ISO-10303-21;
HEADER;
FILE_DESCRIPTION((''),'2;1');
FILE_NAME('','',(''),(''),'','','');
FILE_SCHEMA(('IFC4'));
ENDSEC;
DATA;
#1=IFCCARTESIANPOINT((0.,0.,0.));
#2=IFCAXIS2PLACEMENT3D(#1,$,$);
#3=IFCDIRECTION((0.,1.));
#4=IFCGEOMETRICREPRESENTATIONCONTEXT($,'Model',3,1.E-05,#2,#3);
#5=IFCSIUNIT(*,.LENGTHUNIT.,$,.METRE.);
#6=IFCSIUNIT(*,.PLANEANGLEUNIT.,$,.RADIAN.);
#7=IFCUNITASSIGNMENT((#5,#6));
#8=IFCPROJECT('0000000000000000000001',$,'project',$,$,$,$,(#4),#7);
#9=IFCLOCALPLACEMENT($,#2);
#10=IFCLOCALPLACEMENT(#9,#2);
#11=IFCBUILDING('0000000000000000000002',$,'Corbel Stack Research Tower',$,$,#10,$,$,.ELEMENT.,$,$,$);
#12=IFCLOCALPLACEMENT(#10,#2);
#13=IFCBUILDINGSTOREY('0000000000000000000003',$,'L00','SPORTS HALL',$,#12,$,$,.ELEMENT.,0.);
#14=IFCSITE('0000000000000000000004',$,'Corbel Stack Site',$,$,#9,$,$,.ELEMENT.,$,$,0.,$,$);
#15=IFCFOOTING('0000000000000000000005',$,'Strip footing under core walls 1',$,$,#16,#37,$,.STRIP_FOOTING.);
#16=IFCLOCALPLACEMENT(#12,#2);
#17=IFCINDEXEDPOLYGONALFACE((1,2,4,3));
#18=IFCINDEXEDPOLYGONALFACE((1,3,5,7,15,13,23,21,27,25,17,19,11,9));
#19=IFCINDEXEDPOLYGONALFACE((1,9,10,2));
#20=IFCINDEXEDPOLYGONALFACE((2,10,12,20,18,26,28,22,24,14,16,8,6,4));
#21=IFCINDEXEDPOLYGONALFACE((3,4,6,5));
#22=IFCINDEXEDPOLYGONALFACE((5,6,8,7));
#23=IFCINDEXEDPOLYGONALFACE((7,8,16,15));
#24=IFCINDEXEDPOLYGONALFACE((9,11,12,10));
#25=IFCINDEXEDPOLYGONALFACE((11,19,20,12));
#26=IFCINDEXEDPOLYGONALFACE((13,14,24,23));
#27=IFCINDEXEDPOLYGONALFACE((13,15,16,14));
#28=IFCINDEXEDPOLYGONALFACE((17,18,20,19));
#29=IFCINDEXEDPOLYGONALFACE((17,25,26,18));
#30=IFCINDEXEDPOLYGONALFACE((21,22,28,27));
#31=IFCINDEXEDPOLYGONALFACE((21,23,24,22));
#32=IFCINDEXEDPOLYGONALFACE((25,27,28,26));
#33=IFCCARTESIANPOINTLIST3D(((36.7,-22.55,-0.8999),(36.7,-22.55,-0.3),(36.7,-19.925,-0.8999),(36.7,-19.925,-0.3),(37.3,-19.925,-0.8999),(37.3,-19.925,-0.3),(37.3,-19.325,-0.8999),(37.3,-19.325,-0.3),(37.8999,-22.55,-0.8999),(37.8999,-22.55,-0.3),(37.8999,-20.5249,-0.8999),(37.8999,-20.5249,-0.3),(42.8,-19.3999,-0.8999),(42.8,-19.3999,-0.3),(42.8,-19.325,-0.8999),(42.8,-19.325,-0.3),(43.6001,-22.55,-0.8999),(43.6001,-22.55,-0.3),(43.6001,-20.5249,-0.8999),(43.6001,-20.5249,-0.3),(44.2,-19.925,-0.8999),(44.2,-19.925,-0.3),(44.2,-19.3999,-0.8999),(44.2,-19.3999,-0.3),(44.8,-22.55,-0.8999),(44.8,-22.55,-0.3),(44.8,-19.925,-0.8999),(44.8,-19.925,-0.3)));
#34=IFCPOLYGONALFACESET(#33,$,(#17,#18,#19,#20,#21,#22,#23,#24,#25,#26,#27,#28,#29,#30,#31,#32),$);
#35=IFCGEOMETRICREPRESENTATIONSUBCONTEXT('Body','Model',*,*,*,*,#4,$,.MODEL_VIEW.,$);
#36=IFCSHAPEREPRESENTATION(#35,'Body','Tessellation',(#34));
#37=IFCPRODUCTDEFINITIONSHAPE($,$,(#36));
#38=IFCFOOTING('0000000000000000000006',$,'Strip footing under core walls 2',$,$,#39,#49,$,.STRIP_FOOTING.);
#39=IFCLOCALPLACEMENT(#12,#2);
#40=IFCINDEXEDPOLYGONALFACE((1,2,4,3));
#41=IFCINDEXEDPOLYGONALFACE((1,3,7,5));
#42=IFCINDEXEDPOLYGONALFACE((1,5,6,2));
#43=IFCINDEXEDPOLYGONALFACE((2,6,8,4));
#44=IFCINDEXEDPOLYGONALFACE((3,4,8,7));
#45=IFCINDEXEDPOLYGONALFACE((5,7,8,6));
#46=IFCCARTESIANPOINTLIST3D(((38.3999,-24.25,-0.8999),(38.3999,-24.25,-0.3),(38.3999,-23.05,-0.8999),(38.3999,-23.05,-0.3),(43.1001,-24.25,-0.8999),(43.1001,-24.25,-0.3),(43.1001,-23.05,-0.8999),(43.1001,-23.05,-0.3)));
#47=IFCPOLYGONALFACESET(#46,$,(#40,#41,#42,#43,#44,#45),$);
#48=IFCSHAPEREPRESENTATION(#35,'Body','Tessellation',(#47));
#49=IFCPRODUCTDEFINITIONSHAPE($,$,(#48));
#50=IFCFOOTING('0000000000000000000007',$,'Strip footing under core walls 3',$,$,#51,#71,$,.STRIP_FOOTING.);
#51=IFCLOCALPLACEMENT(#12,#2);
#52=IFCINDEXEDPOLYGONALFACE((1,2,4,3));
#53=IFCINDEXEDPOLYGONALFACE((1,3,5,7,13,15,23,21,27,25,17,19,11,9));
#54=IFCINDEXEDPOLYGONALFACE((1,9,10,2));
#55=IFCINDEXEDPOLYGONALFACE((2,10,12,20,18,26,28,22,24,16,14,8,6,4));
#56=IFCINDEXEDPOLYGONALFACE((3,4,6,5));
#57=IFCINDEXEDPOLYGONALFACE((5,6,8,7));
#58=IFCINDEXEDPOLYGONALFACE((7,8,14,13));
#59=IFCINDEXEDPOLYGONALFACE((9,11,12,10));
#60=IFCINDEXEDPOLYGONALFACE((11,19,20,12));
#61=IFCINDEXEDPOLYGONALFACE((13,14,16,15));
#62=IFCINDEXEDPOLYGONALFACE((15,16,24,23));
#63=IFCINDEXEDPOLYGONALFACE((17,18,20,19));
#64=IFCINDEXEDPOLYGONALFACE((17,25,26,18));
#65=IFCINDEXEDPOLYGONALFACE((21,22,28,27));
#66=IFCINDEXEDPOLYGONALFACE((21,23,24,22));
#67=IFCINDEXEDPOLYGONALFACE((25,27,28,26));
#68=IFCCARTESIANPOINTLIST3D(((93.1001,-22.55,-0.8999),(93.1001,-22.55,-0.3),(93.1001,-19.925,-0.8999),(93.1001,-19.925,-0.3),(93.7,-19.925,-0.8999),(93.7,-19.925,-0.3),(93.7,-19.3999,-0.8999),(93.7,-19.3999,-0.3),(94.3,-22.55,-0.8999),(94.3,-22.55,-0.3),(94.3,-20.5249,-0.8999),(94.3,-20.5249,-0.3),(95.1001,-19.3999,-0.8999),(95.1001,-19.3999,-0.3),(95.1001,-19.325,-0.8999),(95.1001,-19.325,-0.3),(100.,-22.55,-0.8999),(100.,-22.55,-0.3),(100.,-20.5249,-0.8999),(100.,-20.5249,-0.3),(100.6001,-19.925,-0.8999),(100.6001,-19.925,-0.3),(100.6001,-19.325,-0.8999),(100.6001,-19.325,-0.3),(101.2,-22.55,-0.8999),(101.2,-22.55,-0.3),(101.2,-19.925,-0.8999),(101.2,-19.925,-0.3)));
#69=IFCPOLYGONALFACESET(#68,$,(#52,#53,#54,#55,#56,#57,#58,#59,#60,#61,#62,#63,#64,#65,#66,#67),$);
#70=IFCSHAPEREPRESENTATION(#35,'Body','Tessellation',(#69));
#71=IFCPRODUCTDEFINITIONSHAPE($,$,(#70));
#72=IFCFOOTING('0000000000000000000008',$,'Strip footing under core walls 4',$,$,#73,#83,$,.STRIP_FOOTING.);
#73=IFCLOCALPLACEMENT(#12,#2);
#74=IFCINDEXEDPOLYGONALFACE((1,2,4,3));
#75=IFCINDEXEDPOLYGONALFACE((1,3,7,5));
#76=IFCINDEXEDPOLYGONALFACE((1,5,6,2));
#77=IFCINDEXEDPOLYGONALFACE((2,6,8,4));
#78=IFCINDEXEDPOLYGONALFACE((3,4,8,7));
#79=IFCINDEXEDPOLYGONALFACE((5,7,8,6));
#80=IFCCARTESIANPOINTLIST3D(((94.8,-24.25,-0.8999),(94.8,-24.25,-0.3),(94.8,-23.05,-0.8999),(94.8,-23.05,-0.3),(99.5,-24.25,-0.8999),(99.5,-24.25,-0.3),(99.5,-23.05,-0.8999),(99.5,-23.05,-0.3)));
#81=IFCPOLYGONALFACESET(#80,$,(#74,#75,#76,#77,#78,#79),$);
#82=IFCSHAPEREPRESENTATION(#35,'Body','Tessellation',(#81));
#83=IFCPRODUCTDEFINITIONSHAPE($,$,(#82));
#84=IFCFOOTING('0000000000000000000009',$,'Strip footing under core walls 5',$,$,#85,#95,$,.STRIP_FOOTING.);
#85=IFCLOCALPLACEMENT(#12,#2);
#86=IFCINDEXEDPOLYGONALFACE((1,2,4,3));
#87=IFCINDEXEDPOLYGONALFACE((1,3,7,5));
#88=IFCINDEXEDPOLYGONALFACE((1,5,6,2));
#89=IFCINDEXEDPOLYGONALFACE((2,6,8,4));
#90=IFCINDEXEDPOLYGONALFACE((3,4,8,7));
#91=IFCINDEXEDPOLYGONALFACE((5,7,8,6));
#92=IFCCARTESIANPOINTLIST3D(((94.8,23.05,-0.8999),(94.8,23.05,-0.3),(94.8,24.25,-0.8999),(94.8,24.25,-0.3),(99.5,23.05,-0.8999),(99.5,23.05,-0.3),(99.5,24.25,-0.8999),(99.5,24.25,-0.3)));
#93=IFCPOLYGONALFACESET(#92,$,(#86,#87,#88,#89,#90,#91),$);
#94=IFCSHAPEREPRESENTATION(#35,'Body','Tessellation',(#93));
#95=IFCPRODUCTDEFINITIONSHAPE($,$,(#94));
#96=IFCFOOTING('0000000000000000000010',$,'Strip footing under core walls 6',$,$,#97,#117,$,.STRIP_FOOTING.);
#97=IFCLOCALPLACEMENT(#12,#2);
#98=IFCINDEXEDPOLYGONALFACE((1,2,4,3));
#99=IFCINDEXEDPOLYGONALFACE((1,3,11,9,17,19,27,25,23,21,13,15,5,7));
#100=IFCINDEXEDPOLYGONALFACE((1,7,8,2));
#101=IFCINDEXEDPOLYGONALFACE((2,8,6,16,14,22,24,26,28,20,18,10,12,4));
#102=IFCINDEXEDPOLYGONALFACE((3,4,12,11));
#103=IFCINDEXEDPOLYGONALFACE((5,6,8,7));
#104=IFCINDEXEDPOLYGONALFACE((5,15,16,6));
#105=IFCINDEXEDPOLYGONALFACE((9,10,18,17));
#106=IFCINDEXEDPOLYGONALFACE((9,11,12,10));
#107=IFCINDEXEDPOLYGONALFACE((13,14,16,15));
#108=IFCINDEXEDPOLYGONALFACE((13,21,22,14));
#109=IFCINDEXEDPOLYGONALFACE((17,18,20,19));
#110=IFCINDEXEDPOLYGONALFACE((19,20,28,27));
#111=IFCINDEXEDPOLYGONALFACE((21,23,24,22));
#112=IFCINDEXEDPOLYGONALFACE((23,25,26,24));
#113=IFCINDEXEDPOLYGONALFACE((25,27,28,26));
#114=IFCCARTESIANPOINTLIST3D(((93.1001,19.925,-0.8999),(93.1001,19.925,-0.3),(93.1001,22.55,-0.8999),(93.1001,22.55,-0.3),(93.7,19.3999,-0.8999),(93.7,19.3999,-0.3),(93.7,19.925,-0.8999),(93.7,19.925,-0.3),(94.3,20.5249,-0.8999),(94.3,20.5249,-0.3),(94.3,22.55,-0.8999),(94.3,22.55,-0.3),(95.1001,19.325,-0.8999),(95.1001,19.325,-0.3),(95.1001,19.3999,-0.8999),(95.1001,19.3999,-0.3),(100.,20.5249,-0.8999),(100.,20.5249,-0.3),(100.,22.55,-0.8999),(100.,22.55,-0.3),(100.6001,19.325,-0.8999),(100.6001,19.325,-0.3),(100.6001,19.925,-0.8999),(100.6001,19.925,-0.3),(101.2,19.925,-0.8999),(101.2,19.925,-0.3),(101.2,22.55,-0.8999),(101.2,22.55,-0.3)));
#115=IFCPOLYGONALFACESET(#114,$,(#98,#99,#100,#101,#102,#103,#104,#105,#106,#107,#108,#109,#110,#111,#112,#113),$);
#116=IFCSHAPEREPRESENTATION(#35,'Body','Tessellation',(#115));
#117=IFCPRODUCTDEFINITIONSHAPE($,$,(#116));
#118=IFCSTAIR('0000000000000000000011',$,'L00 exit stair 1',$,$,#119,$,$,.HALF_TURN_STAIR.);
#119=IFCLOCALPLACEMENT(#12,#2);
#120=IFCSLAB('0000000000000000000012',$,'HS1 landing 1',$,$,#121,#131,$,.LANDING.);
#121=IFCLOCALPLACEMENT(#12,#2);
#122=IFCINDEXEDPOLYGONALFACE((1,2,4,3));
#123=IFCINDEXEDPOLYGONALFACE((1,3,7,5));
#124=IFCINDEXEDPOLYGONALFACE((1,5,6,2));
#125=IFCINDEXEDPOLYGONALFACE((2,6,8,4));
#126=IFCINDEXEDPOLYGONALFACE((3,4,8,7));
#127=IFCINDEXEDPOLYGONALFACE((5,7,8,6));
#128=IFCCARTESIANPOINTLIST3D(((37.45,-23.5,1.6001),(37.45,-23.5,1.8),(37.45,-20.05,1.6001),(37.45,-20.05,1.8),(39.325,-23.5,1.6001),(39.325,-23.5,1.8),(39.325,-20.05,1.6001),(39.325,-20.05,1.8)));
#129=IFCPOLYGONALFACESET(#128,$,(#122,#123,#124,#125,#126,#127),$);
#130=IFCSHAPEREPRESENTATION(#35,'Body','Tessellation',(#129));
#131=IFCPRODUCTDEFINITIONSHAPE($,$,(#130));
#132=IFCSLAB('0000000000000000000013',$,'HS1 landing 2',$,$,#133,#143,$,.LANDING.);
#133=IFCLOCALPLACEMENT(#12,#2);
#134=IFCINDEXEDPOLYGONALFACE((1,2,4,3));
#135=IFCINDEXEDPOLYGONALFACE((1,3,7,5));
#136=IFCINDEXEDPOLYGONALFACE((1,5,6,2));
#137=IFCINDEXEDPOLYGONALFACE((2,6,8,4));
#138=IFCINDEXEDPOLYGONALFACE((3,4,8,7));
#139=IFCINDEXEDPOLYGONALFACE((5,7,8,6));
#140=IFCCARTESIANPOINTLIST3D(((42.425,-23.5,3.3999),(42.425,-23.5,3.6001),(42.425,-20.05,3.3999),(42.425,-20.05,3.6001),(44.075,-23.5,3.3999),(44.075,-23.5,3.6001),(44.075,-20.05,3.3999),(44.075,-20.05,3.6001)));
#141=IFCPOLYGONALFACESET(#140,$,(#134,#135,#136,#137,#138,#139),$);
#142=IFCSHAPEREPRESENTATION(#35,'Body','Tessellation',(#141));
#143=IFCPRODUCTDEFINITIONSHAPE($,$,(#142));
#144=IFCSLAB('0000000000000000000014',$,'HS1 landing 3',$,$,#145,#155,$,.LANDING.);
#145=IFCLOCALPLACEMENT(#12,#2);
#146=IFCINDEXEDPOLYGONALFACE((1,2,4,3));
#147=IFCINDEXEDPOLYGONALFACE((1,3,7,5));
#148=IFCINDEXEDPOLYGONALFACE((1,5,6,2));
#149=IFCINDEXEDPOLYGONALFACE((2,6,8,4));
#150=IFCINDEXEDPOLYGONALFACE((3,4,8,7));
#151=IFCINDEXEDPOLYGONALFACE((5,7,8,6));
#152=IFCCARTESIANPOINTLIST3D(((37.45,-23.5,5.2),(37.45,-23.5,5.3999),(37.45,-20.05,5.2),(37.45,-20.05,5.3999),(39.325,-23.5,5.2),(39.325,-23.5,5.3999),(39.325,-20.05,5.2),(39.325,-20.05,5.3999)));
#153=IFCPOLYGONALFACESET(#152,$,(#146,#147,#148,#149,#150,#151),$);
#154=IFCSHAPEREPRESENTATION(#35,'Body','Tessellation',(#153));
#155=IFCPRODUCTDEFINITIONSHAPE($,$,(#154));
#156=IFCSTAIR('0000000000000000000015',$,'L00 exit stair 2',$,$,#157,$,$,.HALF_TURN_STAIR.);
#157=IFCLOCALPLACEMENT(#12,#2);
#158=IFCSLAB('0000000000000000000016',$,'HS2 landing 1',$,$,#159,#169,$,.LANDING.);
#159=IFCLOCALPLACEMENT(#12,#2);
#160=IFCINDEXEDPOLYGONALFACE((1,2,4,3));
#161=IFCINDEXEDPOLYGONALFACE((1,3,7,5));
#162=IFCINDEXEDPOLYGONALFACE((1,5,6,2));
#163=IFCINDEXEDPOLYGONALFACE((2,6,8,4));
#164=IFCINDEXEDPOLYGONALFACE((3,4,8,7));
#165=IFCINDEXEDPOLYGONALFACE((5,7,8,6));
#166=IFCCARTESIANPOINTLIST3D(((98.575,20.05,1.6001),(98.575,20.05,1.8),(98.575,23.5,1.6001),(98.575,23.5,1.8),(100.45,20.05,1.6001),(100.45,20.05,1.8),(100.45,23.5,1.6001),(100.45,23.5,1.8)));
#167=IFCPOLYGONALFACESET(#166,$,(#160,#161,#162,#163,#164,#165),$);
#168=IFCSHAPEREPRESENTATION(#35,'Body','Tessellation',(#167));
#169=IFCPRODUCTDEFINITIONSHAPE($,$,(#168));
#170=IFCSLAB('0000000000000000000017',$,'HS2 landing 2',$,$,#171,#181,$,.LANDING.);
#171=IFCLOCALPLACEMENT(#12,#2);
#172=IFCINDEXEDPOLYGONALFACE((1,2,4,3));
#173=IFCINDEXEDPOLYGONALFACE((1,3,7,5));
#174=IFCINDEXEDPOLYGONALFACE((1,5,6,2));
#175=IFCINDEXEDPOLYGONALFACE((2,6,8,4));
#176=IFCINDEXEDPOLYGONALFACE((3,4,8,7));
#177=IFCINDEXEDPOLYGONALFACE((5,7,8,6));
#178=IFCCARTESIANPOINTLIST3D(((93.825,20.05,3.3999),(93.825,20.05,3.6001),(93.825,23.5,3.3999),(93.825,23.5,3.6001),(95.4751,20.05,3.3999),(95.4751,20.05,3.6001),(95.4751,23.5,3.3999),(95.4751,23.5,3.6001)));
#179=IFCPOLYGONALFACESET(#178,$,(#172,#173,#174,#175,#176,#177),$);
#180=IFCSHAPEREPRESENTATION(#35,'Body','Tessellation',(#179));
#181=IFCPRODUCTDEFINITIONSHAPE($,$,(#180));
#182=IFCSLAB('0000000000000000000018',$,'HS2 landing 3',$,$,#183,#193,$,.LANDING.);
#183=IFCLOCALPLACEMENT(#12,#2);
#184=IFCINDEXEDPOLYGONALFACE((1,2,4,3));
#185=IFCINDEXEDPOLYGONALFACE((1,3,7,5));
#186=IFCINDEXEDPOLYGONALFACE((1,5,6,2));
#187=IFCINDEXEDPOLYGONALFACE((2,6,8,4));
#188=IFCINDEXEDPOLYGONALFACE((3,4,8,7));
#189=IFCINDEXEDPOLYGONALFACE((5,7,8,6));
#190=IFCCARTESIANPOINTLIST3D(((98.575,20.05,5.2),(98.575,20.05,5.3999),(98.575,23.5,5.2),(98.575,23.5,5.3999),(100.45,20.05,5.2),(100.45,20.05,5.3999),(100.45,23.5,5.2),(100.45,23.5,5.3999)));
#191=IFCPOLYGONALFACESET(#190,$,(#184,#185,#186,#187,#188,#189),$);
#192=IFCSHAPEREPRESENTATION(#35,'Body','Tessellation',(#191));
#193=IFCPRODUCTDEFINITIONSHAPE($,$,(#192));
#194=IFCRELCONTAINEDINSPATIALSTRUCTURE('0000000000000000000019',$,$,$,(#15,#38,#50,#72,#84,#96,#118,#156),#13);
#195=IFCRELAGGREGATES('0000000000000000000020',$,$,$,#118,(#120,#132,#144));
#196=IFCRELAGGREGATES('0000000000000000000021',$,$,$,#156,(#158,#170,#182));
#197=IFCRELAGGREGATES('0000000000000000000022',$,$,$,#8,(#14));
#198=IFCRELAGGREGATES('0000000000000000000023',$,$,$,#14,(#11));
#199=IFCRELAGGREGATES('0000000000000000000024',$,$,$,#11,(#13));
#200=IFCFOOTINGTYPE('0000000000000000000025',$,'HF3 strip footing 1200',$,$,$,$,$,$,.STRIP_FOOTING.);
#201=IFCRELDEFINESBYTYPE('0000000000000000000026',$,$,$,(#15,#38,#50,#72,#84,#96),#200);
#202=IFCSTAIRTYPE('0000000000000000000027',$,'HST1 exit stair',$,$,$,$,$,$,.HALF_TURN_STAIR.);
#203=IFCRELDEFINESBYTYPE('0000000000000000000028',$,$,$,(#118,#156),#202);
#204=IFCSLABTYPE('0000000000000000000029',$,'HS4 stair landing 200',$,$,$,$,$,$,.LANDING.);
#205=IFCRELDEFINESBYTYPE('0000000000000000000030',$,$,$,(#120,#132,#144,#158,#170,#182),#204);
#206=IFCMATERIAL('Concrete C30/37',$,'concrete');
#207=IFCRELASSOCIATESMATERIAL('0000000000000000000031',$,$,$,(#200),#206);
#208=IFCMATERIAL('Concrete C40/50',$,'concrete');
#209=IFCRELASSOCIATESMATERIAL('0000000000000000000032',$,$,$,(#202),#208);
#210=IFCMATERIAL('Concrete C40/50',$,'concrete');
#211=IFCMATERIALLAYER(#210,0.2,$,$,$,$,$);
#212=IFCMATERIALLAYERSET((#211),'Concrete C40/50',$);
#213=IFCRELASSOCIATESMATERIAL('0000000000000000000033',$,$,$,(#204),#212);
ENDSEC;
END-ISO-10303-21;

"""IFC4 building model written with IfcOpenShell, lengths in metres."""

from ifc_helpers import new_model, si_unit, direction, frame, origin, place, context, subcontext, project, spatial, polyline, outline, extrude, material, layer, layer_set, type_object, element, aggregate, save


model = new_model("IFC4")

# Units and contexts
model_context = context("Model", 3, precision=1e-05, world=origin(), true_north=direction((0.0, 1.0)))
body_context = subcontext(model_context, "Body", "Model", "MODEL_VIEW")
ifc_project = project(units=[si_unit("LENGTHUNIT", "METRE"), si_unit("PLANEANGLEUNIT", "RADIAN")], contexts=[model_context])

# Site, building, storey
site_placement = place(None, origin())
site = spatial("IfcSite", under=ifc_project, at=site_placement, Name="Corbel Stack Site", CompositionType="ELEMENT", RefElevation=0.0)
building_placement = place(site_placement, origin())
building = spatial("IfcBuilding", under=site, at=building_placement, Name="Corbel Stack Research Tower", CompositionType="ELEMENT")
storey_placement = place(building_placement, origin())
storey = spatial("IfcBuildingStorey", under=building, at=storey_placement, Name="L00", Description="SPORTS HALL", CompositionType="ELEMENT", Elevation=0.0)

# Footings
ifc_material_1 = material(Name="Concrete C30/37", Category="concrete")
footing_type = type_object("IfcFootingType", Name="HF3 strip footing 1200", PredefinedType="STRIP_FOOTING", material=ifc_material_1)
footing_1_placement = place(storey_placement, frame((0.0, 0.0, -0.8999)))
element("IfcFooting", 1, at=footing_1_placement, inside=storey, type_object=footing_type, Name="Strip footing under core walls 1", PredefinedType="STRIP_FOOTING", context=body_context, shape_type="SweptSolid", body=[
    extrude(outline(polyline([(36.7, -19.925), (37.3, -19.925), (37.3, -19.325), (42.8, -19.325), (42.8, -19.3999), (44.2, -19.3999), (44.2, -19.925), (44.8, -19.925), (44.8, -22.55), (43.6001, -22.55), (43.6001, -20.5249), (37.8999, -20.5249), (37.8999, -22.55), (36.7, -22.55), (36.7, -19.925)])), origin(), (0.0, 0.0, 1.0), 0.5999),
])
footing_2_placement = place(storey_placement, frame((0.0, 0.0, -0.8999)))
element("IfcFooting", 2, at=footing_2_placement, inside=storey, type_object=footing_type, Name="Strip footing under core walls 2", PredefinedType="STRIP_FOOTING", context=body_context, shape_type="SweptSolid", body=[
    extrude(outline(polyline([(38.3999, -24.25), (38.3999, -23.05), (43.1001, -23.05), (43.1001, -24.25), (38.3999, -24.25)])), origin(), (0.0, 0.0, 1.0), 0.5999),
])
footing_3_placement = place(storey_placement, frame((0.0, 0.0, -0.8999)))
element("IfcFooting", 3, at=footing_3_placement, inside=storey, type_object=footing_type, Name="Strip footing under core walls 3", PredefinedType="STRIP_FOOTING", context=body_context, shape_type="SweptSolid", body=[
    extrude(outline(polyline([(93.1001, -19.925), (93.7, -19.925), (93.7, -19.3999), (95.1001, -19.3999), (95.1001, -19.325), (100.6001, -19.325), (100.6001, -19.925), (101.2, -19.925), (101.2, -22.55), (100.0, -22.55), (100.0, -20.5249), (94.3, -20.5249), (94.3, -22.55), (93.1001, -22.55), (93.1001, -19.925)])), origin(), (0.0, 0.0, 1.0), 0.5999),
])
footing_4_placement = place(storey_placement, frame((0.0, 0.0, -0.8999)))
element("IfcFooting", 4, at=footing_4_placement, inside=storey, type_object=footing_type, Name="Strip footing under core walls 4", PredefinedType="STRIP_FOOTING", context=body_context, shape_type="SweptSolid", body=[
    extrude(outline(polyline([(94.8, -24.25), (94.8, -23.05), (99.5, -23.05), (99.5, -24.25), (94.8, -24.25)])), origin(), (0.0, 0.0, 1.0), 0.5999),
])
footing_5_placement = place(storey_placement, frame((0.0, 0.0, -0.8999)))
element("IfcFooting", 5, at=footing_5_placement, inside=storey, type_object=footing_type, Name="Strip footing under core walls 5", PredefinedType="STRIP_FOOTING", context=body_context, shape_type="SweptSolid", body=[
    extrude(outline(polyline([(99.5, 24.25), (99.5, 23.05), (94.8, 23.05), (94.8, 24.25), (99.5, 24.25)])), origin(), (0.0, 0.0, 1.0), 0.5999),
])
footing_6_placement = place(storey_placement, frame((0.0, 0.0, -0.8999)))
element("IfcFooting", 6, at=footing_6_placement, inside=storey, type_object=footing_type, Name="Strip footing under core walls 6", PredefinedType="STRIP_FOOTING", context=body_context, shape_type="SweptSolid", body=[
    extrude(outline(polyline([(101.2, 19.925), (100.6001, 19.925), (100.6001, 19.325), (95.1001, 19.325), (95.1001, 19.3999), (93.7, 19.3999), (93.7, 19.925), (93.1001, 19.925), (93.1001, 22.55), (94.3, 22.55), (94.3, 20.5249), (100.0, 20.5249), (100.0, 22.55), (101.2, 22.55), (101.2, 19.925)])), origin(), (0.0, 0.0, 1.0), 0.5999),
])

# Stairs, slabs
ifc_material_2 = material(Name="Concrete C40/50", Category="concrete")
stair_type_1 = type_object("IfcStairType", Name="HST1 exit stair", PredefinedType="HALF_TURN_STAIR", material=ifc_material_2)
stair_1_placement = place(storey_placement, origin())
stair_1 = element("IfcStair", 7, at=stair_1_placement, inside=storey, type_object=stair_type_1, Name="L00 exit stair 1", PredefinedType="HALF_TURN_STAIR")
ifc_material_3 = material(Name="Concrete C40/50", Category="concrete")
ifc_layer_1 = layer(ifc_material_3, 0.2)
ifc_layer_set_1 = layer_set([ifc_layer_1], Name="Concrete C40/50")
slab_type_1 = type_object("IfcSlabType", Name="HS4 stair landing 200", PredefinedType="LANDING", material=ifc_layer_set_1)
slab_1_placement = place(storey_placement, frame((0.0, 0.0, 1.6001)))
slab_1 = element("IfcSlab", 8, at=slab_1_placement, type_object=slab_type_1, Name="HS1 landing 1", PredefinedType="LANDING", context=body_context, shape_type="SweptSolid", body=[
    extrude(outline(polyline([(39.325, -20.05), (37.45, -20.05), (37.45, -23.5), (39.325, -23.5), (39.325, -20.05)])), origin(), (0.0, 0.0, 1.0), 0.2),
])
slab_2_placement = place(storey_placement, frame((0.0, 0.0, 3.3999)))
slab_2 = element("IfcSlab", 9, at=slab_2_placement, type_object=slab_type_1, Name="HS1 landing 2", PredefinedType="LANDING", context=body_context, shape_type="SweptSolid", body=[
    extrude(outline(polyline([(44.075, -20.05), (42.425, -20.05), (42.425, -23.5), (44.075, -23.5), (44.075, -20.05)])), origin(), (0.0, 0.0, 1.0), 0.2002),
])
slab_3_placement = place(storey_placement, frame((0.0, 0.0, 5.2)))
slab_3 = element("IfcSlab", 10, at=slab_3_placement, type_object=slab_type_1, Name="HS1 landing 3", PredefinedType="LANDING", context=body_context, shape_type="SweptSolid", body=[
    extrude(outline(polyline([(39.325, -20.05), (37.45, -20.05), (37.45, -23.5), (39.325, -23.5), (39.325, -20.05)])), origin(), (0.0, 0.0, 1.0), 0.2),
])
aggregate(stair_1, [slab_1, slab_2, slab_3])
stair_2_placement = place(storey_placement, origin())
stair_2 = element("IfcStair", 11, at=stair_2_placement, inside=storey, type_object=stair_type_1, Name="L00 exit stair 2", PredefinedType="HALF_TURN_STAIR")
slab_4_placement = place(storey_placement, frame((0.0, 0.0, 1.6001)))
slab_4 = element("IfcSlab", 12, at=slab_4_placement, type_object=slab_type_1, Name="HS2 landing 1", PredefinedType="LANDING", context=body_context, shape_type="SweptSolid", body=[
    extrude(outline(polyline([(98.575, 20.05), (100.45, 20.05), (100.45, 23.5), (98.575, 23.5), (98.575, 20.05)])), origin(), (0.0, 0.0, 1.0), 0.2),
])
slab_5_placement = place(storey_placement, frame((0.0, 0.0, 3.3999)))
slab_5 = element("IfcSlab", 13, at=slab_5_placement, type_object=slab_type_1, Name="HS2 landing 2", PredefinedType="LANDING", context=body_context, shape_type="SweptSolid", body=[
    extrude(outline(polyline([(93.825, 20.05), (95.4751, 20.05), (95.4751, 23.5), (93.825, 23.5), (93.825, 20.05)])), origin(), (0.0, 0.0, 1.0), 0.2002),
])
slab_6_placement = place(storey_placement, frame((0.0, 0.0, 5.2)))
slab_6 = element("IfcSlab", 14, at=slab_6_placement, type_object=slab_type_1, Name="HS2 landing 3", PredefinedType="LANDING", context=body_context, shape_type="SweptSolid", body=[
    extrude(outline(polyline([(98.575, 20.05), (100.45, 20.05), (100.45, 23.5), (98.575, 23.5), (98.575, 20.05)])), origin(), (0.0, 0.0, 1.0), 0.2),
])
aggregate(stair_2, [slab_4, slab_5, slab_6])

save(model, "model.ifc")
